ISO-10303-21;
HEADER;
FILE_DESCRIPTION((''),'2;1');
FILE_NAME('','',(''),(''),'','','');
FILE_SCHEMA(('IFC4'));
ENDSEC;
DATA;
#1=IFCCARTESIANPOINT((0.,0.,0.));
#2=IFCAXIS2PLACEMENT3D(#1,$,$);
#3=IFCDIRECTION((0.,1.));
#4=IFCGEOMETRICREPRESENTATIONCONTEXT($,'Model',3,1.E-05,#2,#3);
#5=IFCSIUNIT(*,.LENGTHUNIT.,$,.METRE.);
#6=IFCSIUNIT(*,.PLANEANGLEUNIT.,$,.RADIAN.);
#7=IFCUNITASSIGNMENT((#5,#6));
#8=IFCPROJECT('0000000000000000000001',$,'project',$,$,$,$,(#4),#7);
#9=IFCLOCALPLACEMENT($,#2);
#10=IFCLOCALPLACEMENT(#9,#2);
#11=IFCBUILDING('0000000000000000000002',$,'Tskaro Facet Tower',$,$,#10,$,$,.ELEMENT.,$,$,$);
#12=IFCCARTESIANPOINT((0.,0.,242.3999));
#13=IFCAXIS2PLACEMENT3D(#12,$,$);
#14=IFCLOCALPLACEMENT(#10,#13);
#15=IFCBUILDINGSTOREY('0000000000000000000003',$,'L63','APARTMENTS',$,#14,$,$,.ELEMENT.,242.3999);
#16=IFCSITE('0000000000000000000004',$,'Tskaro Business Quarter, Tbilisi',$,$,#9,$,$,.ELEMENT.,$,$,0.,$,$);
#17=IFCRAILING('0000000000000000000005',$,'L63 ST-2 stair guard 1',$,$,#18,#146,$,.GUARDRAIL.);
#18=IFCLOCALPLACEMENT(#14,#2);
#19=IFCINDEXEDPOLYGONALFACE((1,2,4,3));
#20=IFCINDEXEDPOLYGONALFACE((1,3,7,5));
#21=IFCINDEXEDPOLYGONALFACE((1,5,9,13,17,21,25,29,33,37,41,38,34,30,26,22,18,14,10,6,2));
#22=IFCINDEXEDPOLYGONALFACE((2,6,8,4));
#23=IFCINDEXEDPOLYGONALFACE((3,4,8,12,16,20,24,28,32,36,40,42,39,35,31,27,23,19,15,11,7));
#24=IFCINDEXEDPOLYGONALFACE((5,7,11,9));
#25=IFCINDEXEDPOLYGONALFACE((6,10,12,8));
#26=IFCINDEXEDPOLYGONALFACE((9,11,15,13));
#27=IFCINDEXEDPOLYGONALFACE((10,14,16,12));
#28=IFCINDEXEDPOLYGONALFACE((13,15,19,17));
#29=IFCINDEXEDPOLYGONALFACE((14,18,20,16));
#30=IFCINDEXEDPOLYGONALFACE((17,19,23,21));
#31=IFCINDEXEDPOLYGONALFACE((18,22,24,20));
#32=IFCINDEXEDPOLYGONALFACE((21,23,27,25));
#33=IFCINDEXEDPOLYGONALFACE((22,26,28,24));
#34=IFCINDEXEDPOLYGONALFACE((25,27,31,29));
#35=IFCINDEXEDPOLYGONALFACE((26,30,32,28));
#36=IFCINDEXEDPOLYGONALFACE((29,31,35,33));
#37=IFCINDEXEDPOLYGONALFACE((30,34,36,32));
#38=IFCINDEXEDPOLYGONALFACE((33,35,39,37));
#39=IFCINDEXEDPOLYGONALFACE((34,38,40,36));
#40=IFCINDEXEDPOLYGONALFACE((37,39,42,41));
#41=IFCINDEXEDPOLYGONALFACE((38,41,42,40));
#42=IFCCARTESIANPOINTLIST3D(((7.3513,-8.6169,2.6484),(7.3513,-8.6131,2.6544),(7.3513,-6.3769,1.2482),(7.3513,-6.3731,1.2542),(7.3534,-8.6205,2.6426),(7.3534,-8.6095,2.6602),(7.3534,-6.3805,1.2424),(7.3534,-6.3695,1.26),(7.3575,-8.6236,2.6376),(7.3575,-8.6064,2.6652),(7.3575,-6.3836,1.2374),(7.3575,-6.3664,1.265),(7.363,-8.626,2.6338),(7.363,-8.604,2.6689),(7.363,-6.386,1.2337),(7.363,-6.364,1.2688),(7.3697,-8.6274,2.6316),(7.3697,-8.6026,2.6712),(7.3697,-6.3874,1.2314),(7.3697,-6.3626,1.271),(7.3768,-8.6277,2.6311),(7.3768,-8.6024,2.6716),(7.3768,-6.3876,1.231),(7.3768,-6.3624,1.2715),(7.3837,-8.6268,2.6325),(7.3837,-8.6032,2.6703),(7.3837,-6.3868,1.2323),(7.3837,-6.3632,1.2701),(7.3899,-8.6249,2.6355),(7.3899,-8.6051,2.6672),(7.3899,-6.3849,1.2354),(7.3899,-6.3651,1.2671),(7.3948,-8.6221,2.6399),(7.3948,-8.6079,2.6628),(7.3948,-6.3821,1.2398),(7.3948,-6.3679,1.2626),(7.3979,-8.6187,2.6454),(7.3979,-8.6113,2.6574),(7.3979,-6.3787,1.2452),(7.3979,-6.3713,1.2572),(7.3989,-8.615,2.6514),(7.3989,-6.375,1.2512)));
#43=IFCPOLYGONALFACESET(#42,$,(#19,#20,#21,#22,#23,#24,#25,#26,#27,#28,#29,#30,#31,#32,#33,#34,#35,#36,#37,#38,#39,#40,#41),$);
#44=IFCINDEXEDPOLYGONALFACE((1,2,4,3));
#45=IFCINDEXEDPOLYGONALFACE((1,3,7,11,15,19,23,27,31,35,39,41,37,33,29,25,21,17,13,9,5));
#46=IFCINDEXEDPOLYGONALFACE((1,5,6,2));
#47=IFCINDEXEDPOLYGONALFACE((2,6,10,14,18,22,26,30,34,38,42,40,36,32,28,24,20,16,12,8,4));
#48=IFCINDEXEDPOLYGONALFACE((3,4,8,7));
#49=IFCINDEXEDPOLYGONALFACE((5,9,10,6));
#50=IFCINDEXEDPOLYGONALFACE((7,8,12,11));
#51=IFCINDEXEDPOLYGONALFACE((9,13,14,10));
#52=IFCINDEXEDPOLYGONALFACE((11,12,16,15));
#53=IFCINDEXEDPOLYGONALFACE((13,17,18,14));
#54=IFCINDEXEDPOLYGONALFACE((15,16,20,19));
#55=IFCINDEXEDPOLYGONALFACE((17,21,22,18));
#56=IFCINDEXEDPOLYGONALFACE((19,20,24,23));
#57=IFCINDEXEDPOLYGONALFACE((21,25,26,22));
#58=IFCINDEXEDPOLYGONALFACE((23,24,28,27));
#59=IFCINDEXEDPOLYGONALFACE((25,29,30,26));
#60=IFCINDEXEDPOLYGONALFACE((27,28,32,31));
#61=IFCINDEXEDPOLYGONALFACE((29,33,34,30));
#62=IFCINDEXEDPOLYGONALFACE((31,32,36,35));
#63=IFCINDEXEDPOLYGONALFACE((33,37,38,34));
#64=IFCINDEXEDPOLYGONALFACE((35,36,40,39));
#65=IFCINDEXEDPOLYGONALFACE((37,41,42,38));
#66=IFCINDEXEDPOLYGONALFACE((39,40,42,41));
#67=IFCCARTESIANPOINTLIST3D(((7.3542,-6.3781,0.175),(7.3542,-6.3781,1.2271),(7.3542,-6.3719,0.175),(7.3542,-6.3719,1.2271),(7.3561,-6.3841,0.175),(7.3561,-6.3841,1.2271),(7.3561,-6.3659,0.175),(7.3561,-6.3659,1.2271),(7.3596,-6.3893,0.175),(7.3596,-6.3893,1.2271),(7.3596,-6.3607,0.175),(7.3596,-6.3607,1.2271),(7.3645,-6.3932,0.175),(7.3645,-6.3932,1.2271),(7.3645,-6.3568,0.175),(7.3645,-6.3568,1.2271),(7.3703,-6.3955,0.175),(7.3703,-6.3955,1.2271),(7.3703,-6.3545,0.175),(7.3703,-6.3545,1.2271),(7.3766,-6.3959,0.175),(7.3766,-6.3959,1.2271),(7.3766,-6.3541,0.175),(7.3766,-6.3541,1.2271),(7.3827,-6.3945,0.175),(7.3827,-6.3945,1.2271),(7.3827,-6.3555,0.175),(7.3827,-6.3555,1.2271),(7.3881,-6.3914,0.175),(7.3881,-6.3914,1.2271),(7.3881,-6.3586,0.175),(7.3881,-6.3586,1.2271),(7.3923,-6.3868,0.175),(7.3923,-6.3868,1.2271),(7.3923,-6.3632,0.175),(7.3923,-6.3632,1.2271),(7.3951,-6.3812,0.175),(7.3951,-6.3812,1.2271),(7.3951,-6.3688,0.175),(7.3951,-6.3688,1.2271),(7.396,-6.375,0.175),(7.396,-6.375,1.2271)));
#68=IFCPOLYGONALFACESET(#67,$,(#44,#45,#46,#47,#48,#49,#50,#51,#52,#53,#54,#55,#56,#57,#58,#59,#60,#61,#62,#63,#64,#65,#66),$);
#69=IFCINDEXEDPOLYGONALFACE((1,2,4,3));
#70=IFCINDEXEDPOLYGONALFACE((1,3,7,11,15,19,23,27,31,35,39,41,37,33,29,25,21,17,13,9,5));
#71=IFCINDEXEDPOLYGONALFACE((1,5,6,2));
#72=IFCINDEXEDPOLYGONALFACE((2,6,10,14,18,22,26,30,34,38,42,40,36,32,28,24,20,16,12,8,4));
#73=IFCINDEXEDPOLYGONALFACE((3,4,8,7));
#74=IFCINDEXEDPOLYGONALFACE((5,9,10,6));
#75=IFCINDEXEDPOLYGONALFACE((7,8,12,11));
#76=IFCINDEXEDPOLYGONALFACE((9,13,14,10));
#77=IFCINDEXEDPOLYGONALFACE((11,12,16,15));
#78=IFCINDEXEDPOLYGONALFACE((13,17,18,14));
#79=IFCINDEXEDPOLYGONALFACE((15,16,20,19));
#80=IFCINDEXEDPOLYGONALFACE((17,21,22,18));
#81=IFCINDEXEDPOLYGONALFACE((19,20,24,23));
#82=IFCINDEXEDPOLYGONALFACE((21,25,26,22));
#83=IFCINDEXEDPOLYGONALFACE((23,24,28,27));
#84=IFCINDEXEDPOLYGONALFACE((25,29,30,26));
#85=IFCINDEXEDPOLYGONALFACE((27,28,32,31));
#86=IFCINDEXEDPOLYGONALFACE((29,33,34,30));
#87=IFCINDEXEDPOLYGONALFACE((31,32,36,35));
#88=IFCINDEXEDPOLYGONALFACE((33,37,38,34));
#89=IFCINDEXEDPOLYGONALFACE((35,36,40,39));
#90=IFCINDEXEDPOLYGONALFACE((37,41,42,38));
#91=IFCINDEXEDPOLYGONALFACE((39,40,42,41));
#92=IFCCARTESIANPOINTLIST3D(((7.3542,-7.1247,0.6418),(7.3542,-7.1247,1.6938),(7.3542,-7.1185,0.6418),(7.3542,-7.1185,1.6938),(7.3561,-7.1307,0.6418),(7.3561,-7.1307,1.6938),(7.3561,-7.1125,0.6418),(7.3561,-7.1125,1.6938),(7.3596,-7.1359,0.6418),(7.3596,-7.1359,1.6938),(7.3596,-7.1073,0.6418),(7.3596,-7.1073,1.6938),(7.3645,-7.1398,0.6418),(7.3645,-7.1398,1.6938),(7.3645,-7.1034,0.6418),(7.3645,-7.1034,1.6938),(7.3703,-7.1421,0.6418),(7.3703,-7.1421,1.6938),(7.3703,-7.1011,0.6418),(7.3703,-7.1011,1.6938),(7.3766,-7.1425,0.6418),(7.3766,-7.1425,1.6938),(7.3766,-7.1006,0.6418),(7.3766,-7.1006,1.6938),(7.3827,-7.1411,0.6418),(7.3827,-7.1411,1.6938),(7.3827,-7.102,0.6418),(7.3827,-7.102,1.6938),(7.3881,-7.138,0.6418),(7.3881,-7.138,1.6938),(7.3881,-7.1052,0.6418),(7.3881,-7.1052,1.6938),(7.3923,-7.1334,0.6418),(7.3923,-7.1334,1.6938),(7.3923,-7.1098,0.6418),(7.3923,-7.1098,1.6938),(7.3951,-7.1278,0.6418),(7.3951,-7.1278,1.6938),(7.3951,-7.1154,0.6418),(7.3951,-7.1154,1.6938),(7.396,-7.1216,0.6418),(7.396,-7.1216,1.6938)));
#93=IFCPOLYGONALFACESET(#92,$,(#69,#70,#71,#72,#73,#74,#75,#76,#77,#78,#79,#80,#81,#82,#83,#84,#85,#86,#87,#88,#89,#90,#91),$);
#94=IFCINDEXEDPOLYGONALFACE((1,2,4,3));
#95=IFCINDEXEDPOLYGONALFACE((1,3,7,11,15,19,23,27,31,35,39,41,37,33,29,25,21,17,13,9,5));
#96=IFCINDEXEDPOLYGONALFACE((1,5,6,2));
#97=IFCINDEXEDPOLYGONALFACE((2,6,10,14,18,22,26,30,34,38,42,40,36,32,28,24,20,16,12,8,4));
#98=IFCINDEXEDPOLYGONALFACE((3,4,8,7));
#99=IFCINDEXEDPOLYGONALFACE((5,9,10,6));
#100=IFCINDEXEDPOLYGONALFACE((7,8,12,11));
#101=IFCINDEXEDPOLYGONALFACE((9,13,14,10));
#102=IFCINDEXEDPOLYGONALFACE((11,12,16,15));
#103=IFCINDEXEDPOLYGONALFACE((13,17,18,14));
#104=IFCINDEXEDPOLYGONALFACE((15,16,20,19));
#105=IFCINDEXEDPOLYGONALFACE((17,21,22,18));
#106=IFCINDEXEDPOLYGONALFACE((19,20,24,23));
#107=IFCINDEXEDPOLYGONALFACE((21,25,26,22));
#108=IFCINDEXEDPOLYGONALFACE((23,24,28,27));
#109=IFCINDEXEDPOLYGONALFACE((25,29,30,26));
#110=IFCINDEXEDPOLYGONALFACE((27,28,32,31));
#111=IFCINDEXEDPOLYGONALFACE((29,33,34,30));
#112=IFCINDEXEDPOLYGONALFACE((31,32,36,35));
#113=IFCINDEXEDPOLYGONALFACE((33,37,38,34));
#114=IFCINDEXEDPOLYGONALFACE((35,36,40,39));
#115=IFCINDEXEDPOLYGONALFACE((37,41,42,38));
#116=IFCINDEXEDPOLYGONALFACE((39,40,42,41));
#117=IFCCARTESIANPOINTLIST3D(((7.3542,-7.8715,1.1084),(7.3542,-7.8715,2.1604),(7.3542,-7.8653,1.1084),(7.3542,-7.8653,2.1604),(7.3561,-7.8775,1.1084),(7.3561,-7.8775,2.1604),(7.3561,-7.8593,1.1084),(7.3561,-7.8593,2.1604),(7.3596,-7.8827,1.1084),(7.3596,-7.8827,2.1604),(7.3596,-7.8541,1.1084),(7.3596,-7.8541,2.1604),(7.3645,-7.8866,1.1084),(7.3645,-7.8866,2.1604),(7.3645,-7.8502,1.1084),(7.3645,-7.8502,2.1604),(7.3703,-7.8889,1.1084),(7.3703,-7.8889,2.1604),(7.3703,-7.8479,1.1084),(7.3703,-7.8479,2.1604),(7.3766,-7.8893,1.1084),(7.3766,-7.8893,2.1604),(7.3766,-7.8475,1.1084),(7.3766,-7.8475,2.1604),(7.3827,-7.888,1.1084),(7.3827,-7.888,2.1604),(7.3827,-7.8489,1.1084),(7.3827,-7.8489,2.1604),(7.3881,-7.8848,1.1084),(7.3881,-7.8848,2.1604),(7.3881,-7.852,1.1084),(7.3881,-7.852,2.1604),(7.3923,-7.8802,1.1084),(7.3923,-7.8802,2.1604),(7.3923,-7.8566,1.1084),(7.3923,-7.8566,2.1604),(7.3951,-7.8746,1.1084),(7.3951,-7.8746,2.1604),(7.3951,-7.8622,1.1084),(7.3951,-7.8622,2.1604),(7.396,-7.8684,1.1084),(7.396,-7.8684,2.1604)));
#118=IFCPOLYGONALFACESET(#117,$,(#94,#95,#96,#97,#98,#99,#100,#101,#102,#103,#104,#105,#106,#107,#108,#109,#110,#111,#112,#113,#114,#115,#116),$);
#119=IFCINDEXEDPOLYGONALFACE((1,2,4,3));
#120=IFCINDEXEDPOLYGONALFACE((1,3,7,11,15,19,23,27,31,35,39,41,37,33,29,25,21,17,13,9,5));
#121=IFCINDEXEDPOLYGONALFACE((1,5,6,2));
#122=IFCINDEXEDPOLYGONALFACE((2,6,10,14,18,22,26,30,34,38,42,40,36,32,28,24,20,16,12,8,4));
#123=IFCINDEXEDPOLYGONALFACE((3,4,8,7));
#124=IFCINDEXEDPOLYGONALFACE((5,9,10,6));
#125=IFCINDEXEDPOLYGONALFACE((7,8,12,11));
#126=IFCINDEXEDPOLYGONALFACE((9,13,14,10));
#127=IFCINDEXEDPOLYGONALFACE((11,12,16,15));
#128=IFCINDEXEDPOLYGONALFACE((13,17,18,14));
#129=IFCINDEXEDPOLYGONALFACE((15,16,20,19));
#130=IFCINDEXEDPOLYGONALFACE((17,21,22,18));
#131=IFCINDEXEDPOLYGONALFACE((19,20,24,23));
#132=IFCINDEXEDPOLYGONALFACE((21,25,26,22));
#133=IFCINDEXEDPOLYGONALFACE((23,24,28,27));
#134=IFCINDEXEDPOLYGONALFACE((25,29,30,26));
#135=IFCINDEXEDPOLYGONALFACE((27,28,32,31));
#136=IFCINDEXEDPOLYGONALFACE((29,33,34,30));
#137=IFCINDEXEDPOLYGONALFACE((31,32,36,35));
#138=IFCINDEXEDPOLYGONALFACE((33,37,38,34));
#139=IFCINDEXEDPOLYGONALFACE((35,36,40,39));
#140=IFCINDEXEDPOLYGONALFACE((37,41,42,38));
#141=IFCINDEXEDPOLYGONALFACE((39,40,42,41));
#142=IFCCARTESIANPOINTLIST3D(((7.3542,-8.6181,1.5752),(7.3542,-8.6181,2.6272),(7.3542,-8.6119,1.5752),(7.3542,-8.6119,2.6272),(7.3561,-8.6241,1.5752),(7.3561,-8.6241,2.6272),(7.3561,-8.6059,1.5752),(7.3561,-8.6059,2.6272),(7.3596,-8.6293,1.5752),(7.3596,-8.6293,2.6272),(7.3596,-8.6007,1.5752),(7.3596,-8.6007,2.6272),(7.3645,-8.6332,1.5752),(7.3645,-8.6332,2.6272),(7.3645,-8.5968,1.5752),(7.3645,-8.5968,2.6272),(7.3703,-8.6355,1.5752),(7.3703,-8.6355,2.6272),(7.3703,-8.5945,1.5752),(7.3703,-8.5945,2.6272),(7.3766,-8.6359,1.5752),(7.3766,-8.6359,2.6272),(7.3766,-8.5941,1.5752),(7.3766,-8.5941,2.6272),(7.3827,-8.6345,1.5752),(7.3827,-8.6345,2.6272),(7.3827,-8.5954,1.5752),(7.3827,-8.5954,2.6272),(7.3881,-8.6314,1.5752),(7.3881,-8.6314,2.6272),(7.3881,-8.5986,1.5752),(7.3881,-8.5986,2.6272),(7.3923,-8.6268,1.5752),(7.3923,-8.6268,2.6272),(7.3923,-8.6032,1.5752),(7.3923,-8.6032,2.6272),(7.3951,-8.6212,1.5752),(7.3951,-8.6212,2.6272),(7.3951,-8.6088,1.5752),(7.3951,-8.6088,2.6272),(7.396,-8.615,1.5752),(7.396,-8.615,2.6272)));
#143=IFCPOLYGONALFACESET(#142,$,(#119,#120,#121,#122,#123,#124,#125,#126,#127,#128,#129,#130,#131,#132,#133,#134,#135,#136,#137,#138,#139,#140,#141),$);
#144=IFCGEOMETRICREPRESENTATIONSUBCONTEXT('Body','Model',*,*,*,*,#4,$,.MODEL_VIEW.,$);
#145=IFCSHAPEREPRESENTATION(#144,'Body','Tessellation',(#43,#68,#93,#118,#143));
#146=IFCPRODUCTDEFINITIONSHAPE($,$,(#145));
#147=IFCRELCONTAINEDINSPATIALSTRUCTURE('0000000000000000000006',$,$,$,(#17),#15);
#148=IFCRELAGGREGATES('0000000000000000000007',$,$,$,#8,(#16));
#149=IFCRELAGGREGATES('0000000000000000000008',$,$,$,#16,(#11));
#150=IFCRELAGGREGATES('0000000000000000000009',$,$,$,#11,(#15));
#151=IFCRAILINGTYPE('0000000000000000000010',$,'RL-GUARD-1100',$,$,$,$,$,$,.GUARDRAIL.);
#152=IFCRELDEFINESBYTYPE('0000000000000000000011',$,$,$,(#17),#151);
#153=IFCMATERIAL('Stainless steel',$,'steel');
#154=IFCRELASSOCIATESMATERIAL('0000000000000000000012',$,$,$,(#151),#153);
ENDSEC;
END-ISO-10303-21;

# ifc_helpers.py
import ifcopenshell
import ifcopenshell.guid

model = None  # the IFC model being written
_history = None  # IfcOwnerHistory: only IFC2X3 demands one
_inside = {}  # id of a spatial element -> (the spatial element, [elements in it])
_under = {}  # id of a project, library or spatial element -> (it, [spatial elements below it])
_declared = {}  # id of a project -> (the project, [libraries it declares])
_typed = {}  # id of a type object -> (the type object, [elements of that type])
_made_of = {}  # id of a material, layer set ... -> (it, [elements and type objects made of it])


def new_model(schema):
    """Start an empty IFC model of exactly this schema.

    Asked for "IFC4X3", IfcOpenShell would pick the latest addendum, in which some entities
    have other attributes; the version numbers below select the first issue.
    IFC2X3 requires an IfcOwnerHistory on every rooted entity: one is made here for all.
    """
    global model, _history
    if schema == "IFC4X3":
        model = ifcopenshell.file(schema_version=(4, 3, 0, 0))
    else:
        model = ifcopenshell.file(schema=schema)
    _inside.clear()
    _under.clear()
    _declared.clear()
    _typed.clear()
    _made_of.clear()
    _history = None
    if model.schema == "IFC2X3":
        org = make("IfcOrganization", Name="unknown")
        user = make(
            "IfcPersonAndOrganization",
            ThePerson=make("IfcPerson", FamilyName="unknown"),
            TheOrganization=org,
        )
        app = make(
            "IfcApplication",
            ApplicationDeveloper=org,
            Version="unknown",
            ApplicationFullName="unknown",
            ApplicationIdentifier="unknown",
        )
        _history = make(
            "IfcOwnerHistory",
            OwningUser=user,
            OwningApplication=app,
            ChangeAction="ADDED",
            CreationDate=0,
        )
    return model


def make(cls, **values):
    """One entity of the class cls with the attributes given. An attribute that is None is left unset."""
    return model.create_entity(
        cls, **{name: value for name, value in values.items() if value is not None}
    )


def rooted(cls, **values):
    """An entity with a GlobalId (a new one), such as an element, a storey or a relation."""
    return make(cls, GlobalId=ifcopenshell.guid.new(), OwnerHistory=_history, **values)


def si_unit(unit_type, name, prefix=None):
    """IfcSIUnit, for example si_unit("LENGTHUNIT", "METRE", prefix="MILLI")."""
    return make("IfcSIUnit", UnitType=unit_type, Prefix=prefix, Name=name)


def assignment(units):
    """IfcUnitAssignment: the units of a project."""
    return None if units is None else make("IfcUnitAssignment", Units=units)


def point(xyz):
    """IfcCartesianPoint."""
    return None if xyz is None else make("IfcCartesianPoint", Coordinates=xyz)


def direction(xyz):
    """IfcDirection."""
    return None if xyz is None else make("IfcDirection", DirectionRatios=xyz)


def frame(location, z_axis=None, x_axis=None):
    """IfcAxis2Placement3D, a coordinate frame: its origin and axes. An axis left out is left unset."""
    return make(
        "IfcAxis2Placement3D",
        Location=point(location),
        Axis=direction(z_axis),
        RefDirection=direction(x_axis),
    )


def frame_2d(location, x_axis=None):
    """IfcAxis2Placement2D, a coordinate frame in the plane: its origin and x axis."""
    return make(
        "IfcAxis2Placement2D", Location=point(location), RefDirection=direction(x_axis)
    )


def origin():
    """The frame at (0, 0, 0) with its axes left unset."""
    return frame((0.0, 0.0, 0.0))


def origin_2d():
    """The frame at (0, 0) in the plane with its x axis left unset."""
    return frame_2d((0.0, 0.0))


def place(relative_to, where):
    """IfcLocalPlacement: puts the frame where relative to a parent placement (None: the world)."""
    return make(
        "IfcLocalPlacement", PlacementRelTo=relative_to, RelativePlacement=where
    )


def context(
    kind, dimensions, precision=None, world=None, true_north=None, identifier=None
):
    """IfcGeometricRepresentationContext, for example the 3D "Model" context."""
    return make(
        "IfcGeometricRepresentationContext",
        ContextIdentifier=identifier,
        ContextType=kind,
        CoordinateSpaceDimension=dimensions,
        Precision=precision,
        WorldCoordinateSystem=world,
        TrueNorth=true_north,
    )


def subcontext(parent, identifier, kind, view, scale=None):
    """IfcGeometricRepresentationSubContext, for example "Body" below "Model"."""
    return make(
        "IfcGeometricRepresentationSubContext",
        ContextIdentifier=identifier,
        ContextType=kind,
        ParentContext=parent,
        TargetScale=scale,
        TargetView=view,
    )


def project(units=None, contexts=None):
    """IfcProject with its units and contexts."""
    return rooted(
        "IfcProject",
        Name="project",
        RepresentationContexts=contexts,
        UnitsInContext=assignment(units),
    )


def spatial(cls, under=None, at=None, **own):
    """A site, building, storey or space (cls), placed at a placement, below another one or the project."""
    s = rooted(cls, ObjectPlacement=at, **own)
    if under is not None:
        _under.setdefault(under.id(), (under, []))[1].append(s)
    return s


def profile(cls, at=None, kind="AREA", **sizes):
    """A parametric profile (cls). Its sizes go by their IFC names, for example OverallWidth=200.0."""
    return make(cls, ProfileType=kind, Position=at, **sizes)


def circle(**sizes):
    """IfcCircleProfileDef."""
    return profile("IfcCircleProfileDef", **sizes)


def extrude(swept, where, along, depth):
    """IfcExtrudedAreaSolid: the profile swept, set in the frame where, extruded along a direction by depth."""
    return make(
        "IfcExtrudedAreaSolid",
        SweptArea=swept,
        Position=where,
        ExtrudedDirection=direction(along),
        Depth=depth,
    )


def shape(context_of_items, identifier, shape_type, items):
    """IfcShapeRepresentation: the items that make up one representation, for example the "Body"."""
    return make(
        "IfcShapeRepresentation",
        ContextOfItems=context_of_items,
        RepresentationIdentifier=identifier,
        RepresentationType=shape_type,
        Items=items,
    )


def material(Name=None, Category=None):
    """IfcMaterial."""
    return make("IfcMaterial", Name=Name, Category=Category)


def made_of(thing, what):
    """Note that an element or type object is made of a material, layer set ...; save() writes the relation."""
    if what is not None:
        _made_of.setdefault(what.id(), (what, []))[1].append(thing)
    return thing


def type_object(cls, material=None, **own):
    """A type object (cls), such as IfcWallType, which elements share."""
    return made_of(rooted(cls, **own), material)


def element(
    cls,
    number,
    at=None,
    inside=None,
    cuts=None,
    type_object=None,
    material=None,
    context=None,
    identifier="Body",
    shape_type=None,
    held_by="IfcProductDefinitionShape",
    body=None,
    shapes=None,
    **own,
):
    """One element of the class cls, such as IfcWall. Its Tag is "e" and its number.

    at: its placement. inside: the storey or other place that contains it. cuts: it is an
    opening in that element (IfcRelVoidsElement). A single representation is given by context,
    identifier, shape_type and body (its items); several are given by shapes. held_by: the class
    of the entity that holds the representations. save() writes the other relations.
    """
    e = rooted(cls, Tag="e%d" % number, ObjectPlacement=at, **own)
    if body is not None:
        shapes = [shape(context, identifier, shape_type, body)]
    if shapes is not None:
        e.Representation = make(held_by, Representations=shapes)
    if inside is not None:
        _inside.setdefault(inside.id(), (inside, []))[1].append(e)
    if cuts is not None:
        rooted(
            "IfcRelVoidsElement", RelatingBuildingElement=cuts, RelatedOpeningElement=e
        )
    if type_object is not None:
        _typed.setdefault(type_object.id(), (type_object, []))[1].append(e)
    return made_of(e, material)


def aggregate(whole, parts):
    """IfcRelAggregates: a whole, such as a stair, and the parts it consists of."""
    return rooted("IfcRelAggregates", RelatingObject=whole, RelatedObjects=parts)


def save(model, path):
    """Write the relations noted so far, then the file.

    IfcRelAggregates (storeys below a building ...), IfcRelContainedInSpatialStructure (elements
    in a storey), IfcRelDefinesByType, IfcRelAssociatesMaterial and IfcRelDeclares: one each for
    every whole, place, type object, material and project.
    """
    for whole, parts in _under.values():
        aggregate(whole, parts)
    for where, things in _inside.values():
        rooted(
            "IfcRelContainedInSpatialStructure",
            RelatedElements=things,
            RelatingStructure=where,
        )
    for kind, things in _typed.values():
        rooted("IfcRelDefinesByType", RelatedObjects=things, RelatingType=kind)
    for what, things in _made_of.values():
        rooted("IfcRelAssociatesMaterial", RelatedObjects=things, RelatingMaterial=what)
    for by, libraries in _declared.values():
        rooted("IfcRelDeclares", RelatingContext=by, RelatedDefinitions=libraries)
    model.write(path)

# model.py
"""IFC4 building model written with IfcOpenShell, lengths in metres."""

from ifc_helpers import new_model, si_unit, direction, frame, origin, origin_2d, place, context, subcontext, project, spatial, circle, extrude, material, type_object, element, save


model = new_model("IFC4")

# Units and contexts
model_context = context("Model", 3, precision=1e-05, world=origin(), true_north=direction((0.0, 1.0)))
body_context = subcontext(model_context, "Body", "Model", "MODEL_VIEW")
ifc_project = project(units=[si_unit("LENGTHUNIT", "METRE"), si_unit("PLANEANGLEUNIT", "RADIAN")], contexts=[model_context])

# Site, building, storey
site_placement = place(None, origin())
site = spatial("IfcSite", under=ifc_project, at=site_placement, Name="Tskaro Business Quarter, Tbilisi", CompositionType="ELEMENT", RefElevation=0.0)
building_placement = place(site_placement, origin())
building = spatial("IfcBuilding", under=site, at=building_placement, Name="Tskaro Facet Tower", CompositionType="ELEMENT")
storey_placement = place(building_placement, frame((0.0, 0.0, 242.3999)))
storey = spatial("IfcBuildingStorey", under=building, at=storey_placement, Name="L63", Description="APARTMENTS", CompositionType="ELEMENT", Elevation=242.3999)

# Shared definitions
ifc_material_1 = material(Name="Stainless steel", Category="steel")

# Railing
railing_type = type_object("IfcRailingType", Name="RL-GUARD-1100", PredefinedType="GUARDRAIL", material=ifc_material_1)
railing_placement = place(storey_placement, frame((7.375, -6.375, 0.175)))
element("IfcRailing", 1, at=railing_placement, inside=storey, type_object=railing_type, Name="L63 ST-2 stair guard 1", PredefinedType="GUARDRAIL", context=body_context, shape_type="SweptSolid", body=[
    extrude(circle(Radius=0.0239, at=origin_2d()), frame((0.0, 0.0, 1.0762), z_axis=(0.0, -0.847972, 0.53004), x_axis=(1.0, 0.0, 0.0)), (0.0, 0.0, 1.0), 2.6416),
    extrude(circle(Radius=0.021, at=origin_2d()), origin(), (0.0, 0.0, 1.0), 1.052),
    extrude(circle(Radius=0.021, at=origin_2d()), frame((0.0, -0.7466, 0.4668)), (0.0, 0.0, 1.0), 1.052),
    extrude(circle(Radius=0.021, at=origin_2d()), frame((0.0, -1.4934, 0.9333)), (0.0, 0.0, 1.0), 1.052),
    extrude(circle(Radius=0.021, at=origin_2d()), frame((0.0, -2.24, 1.4001)), (0.0, 0.0, 1.0), 1.052),
])

save(model, "model.ifc")
